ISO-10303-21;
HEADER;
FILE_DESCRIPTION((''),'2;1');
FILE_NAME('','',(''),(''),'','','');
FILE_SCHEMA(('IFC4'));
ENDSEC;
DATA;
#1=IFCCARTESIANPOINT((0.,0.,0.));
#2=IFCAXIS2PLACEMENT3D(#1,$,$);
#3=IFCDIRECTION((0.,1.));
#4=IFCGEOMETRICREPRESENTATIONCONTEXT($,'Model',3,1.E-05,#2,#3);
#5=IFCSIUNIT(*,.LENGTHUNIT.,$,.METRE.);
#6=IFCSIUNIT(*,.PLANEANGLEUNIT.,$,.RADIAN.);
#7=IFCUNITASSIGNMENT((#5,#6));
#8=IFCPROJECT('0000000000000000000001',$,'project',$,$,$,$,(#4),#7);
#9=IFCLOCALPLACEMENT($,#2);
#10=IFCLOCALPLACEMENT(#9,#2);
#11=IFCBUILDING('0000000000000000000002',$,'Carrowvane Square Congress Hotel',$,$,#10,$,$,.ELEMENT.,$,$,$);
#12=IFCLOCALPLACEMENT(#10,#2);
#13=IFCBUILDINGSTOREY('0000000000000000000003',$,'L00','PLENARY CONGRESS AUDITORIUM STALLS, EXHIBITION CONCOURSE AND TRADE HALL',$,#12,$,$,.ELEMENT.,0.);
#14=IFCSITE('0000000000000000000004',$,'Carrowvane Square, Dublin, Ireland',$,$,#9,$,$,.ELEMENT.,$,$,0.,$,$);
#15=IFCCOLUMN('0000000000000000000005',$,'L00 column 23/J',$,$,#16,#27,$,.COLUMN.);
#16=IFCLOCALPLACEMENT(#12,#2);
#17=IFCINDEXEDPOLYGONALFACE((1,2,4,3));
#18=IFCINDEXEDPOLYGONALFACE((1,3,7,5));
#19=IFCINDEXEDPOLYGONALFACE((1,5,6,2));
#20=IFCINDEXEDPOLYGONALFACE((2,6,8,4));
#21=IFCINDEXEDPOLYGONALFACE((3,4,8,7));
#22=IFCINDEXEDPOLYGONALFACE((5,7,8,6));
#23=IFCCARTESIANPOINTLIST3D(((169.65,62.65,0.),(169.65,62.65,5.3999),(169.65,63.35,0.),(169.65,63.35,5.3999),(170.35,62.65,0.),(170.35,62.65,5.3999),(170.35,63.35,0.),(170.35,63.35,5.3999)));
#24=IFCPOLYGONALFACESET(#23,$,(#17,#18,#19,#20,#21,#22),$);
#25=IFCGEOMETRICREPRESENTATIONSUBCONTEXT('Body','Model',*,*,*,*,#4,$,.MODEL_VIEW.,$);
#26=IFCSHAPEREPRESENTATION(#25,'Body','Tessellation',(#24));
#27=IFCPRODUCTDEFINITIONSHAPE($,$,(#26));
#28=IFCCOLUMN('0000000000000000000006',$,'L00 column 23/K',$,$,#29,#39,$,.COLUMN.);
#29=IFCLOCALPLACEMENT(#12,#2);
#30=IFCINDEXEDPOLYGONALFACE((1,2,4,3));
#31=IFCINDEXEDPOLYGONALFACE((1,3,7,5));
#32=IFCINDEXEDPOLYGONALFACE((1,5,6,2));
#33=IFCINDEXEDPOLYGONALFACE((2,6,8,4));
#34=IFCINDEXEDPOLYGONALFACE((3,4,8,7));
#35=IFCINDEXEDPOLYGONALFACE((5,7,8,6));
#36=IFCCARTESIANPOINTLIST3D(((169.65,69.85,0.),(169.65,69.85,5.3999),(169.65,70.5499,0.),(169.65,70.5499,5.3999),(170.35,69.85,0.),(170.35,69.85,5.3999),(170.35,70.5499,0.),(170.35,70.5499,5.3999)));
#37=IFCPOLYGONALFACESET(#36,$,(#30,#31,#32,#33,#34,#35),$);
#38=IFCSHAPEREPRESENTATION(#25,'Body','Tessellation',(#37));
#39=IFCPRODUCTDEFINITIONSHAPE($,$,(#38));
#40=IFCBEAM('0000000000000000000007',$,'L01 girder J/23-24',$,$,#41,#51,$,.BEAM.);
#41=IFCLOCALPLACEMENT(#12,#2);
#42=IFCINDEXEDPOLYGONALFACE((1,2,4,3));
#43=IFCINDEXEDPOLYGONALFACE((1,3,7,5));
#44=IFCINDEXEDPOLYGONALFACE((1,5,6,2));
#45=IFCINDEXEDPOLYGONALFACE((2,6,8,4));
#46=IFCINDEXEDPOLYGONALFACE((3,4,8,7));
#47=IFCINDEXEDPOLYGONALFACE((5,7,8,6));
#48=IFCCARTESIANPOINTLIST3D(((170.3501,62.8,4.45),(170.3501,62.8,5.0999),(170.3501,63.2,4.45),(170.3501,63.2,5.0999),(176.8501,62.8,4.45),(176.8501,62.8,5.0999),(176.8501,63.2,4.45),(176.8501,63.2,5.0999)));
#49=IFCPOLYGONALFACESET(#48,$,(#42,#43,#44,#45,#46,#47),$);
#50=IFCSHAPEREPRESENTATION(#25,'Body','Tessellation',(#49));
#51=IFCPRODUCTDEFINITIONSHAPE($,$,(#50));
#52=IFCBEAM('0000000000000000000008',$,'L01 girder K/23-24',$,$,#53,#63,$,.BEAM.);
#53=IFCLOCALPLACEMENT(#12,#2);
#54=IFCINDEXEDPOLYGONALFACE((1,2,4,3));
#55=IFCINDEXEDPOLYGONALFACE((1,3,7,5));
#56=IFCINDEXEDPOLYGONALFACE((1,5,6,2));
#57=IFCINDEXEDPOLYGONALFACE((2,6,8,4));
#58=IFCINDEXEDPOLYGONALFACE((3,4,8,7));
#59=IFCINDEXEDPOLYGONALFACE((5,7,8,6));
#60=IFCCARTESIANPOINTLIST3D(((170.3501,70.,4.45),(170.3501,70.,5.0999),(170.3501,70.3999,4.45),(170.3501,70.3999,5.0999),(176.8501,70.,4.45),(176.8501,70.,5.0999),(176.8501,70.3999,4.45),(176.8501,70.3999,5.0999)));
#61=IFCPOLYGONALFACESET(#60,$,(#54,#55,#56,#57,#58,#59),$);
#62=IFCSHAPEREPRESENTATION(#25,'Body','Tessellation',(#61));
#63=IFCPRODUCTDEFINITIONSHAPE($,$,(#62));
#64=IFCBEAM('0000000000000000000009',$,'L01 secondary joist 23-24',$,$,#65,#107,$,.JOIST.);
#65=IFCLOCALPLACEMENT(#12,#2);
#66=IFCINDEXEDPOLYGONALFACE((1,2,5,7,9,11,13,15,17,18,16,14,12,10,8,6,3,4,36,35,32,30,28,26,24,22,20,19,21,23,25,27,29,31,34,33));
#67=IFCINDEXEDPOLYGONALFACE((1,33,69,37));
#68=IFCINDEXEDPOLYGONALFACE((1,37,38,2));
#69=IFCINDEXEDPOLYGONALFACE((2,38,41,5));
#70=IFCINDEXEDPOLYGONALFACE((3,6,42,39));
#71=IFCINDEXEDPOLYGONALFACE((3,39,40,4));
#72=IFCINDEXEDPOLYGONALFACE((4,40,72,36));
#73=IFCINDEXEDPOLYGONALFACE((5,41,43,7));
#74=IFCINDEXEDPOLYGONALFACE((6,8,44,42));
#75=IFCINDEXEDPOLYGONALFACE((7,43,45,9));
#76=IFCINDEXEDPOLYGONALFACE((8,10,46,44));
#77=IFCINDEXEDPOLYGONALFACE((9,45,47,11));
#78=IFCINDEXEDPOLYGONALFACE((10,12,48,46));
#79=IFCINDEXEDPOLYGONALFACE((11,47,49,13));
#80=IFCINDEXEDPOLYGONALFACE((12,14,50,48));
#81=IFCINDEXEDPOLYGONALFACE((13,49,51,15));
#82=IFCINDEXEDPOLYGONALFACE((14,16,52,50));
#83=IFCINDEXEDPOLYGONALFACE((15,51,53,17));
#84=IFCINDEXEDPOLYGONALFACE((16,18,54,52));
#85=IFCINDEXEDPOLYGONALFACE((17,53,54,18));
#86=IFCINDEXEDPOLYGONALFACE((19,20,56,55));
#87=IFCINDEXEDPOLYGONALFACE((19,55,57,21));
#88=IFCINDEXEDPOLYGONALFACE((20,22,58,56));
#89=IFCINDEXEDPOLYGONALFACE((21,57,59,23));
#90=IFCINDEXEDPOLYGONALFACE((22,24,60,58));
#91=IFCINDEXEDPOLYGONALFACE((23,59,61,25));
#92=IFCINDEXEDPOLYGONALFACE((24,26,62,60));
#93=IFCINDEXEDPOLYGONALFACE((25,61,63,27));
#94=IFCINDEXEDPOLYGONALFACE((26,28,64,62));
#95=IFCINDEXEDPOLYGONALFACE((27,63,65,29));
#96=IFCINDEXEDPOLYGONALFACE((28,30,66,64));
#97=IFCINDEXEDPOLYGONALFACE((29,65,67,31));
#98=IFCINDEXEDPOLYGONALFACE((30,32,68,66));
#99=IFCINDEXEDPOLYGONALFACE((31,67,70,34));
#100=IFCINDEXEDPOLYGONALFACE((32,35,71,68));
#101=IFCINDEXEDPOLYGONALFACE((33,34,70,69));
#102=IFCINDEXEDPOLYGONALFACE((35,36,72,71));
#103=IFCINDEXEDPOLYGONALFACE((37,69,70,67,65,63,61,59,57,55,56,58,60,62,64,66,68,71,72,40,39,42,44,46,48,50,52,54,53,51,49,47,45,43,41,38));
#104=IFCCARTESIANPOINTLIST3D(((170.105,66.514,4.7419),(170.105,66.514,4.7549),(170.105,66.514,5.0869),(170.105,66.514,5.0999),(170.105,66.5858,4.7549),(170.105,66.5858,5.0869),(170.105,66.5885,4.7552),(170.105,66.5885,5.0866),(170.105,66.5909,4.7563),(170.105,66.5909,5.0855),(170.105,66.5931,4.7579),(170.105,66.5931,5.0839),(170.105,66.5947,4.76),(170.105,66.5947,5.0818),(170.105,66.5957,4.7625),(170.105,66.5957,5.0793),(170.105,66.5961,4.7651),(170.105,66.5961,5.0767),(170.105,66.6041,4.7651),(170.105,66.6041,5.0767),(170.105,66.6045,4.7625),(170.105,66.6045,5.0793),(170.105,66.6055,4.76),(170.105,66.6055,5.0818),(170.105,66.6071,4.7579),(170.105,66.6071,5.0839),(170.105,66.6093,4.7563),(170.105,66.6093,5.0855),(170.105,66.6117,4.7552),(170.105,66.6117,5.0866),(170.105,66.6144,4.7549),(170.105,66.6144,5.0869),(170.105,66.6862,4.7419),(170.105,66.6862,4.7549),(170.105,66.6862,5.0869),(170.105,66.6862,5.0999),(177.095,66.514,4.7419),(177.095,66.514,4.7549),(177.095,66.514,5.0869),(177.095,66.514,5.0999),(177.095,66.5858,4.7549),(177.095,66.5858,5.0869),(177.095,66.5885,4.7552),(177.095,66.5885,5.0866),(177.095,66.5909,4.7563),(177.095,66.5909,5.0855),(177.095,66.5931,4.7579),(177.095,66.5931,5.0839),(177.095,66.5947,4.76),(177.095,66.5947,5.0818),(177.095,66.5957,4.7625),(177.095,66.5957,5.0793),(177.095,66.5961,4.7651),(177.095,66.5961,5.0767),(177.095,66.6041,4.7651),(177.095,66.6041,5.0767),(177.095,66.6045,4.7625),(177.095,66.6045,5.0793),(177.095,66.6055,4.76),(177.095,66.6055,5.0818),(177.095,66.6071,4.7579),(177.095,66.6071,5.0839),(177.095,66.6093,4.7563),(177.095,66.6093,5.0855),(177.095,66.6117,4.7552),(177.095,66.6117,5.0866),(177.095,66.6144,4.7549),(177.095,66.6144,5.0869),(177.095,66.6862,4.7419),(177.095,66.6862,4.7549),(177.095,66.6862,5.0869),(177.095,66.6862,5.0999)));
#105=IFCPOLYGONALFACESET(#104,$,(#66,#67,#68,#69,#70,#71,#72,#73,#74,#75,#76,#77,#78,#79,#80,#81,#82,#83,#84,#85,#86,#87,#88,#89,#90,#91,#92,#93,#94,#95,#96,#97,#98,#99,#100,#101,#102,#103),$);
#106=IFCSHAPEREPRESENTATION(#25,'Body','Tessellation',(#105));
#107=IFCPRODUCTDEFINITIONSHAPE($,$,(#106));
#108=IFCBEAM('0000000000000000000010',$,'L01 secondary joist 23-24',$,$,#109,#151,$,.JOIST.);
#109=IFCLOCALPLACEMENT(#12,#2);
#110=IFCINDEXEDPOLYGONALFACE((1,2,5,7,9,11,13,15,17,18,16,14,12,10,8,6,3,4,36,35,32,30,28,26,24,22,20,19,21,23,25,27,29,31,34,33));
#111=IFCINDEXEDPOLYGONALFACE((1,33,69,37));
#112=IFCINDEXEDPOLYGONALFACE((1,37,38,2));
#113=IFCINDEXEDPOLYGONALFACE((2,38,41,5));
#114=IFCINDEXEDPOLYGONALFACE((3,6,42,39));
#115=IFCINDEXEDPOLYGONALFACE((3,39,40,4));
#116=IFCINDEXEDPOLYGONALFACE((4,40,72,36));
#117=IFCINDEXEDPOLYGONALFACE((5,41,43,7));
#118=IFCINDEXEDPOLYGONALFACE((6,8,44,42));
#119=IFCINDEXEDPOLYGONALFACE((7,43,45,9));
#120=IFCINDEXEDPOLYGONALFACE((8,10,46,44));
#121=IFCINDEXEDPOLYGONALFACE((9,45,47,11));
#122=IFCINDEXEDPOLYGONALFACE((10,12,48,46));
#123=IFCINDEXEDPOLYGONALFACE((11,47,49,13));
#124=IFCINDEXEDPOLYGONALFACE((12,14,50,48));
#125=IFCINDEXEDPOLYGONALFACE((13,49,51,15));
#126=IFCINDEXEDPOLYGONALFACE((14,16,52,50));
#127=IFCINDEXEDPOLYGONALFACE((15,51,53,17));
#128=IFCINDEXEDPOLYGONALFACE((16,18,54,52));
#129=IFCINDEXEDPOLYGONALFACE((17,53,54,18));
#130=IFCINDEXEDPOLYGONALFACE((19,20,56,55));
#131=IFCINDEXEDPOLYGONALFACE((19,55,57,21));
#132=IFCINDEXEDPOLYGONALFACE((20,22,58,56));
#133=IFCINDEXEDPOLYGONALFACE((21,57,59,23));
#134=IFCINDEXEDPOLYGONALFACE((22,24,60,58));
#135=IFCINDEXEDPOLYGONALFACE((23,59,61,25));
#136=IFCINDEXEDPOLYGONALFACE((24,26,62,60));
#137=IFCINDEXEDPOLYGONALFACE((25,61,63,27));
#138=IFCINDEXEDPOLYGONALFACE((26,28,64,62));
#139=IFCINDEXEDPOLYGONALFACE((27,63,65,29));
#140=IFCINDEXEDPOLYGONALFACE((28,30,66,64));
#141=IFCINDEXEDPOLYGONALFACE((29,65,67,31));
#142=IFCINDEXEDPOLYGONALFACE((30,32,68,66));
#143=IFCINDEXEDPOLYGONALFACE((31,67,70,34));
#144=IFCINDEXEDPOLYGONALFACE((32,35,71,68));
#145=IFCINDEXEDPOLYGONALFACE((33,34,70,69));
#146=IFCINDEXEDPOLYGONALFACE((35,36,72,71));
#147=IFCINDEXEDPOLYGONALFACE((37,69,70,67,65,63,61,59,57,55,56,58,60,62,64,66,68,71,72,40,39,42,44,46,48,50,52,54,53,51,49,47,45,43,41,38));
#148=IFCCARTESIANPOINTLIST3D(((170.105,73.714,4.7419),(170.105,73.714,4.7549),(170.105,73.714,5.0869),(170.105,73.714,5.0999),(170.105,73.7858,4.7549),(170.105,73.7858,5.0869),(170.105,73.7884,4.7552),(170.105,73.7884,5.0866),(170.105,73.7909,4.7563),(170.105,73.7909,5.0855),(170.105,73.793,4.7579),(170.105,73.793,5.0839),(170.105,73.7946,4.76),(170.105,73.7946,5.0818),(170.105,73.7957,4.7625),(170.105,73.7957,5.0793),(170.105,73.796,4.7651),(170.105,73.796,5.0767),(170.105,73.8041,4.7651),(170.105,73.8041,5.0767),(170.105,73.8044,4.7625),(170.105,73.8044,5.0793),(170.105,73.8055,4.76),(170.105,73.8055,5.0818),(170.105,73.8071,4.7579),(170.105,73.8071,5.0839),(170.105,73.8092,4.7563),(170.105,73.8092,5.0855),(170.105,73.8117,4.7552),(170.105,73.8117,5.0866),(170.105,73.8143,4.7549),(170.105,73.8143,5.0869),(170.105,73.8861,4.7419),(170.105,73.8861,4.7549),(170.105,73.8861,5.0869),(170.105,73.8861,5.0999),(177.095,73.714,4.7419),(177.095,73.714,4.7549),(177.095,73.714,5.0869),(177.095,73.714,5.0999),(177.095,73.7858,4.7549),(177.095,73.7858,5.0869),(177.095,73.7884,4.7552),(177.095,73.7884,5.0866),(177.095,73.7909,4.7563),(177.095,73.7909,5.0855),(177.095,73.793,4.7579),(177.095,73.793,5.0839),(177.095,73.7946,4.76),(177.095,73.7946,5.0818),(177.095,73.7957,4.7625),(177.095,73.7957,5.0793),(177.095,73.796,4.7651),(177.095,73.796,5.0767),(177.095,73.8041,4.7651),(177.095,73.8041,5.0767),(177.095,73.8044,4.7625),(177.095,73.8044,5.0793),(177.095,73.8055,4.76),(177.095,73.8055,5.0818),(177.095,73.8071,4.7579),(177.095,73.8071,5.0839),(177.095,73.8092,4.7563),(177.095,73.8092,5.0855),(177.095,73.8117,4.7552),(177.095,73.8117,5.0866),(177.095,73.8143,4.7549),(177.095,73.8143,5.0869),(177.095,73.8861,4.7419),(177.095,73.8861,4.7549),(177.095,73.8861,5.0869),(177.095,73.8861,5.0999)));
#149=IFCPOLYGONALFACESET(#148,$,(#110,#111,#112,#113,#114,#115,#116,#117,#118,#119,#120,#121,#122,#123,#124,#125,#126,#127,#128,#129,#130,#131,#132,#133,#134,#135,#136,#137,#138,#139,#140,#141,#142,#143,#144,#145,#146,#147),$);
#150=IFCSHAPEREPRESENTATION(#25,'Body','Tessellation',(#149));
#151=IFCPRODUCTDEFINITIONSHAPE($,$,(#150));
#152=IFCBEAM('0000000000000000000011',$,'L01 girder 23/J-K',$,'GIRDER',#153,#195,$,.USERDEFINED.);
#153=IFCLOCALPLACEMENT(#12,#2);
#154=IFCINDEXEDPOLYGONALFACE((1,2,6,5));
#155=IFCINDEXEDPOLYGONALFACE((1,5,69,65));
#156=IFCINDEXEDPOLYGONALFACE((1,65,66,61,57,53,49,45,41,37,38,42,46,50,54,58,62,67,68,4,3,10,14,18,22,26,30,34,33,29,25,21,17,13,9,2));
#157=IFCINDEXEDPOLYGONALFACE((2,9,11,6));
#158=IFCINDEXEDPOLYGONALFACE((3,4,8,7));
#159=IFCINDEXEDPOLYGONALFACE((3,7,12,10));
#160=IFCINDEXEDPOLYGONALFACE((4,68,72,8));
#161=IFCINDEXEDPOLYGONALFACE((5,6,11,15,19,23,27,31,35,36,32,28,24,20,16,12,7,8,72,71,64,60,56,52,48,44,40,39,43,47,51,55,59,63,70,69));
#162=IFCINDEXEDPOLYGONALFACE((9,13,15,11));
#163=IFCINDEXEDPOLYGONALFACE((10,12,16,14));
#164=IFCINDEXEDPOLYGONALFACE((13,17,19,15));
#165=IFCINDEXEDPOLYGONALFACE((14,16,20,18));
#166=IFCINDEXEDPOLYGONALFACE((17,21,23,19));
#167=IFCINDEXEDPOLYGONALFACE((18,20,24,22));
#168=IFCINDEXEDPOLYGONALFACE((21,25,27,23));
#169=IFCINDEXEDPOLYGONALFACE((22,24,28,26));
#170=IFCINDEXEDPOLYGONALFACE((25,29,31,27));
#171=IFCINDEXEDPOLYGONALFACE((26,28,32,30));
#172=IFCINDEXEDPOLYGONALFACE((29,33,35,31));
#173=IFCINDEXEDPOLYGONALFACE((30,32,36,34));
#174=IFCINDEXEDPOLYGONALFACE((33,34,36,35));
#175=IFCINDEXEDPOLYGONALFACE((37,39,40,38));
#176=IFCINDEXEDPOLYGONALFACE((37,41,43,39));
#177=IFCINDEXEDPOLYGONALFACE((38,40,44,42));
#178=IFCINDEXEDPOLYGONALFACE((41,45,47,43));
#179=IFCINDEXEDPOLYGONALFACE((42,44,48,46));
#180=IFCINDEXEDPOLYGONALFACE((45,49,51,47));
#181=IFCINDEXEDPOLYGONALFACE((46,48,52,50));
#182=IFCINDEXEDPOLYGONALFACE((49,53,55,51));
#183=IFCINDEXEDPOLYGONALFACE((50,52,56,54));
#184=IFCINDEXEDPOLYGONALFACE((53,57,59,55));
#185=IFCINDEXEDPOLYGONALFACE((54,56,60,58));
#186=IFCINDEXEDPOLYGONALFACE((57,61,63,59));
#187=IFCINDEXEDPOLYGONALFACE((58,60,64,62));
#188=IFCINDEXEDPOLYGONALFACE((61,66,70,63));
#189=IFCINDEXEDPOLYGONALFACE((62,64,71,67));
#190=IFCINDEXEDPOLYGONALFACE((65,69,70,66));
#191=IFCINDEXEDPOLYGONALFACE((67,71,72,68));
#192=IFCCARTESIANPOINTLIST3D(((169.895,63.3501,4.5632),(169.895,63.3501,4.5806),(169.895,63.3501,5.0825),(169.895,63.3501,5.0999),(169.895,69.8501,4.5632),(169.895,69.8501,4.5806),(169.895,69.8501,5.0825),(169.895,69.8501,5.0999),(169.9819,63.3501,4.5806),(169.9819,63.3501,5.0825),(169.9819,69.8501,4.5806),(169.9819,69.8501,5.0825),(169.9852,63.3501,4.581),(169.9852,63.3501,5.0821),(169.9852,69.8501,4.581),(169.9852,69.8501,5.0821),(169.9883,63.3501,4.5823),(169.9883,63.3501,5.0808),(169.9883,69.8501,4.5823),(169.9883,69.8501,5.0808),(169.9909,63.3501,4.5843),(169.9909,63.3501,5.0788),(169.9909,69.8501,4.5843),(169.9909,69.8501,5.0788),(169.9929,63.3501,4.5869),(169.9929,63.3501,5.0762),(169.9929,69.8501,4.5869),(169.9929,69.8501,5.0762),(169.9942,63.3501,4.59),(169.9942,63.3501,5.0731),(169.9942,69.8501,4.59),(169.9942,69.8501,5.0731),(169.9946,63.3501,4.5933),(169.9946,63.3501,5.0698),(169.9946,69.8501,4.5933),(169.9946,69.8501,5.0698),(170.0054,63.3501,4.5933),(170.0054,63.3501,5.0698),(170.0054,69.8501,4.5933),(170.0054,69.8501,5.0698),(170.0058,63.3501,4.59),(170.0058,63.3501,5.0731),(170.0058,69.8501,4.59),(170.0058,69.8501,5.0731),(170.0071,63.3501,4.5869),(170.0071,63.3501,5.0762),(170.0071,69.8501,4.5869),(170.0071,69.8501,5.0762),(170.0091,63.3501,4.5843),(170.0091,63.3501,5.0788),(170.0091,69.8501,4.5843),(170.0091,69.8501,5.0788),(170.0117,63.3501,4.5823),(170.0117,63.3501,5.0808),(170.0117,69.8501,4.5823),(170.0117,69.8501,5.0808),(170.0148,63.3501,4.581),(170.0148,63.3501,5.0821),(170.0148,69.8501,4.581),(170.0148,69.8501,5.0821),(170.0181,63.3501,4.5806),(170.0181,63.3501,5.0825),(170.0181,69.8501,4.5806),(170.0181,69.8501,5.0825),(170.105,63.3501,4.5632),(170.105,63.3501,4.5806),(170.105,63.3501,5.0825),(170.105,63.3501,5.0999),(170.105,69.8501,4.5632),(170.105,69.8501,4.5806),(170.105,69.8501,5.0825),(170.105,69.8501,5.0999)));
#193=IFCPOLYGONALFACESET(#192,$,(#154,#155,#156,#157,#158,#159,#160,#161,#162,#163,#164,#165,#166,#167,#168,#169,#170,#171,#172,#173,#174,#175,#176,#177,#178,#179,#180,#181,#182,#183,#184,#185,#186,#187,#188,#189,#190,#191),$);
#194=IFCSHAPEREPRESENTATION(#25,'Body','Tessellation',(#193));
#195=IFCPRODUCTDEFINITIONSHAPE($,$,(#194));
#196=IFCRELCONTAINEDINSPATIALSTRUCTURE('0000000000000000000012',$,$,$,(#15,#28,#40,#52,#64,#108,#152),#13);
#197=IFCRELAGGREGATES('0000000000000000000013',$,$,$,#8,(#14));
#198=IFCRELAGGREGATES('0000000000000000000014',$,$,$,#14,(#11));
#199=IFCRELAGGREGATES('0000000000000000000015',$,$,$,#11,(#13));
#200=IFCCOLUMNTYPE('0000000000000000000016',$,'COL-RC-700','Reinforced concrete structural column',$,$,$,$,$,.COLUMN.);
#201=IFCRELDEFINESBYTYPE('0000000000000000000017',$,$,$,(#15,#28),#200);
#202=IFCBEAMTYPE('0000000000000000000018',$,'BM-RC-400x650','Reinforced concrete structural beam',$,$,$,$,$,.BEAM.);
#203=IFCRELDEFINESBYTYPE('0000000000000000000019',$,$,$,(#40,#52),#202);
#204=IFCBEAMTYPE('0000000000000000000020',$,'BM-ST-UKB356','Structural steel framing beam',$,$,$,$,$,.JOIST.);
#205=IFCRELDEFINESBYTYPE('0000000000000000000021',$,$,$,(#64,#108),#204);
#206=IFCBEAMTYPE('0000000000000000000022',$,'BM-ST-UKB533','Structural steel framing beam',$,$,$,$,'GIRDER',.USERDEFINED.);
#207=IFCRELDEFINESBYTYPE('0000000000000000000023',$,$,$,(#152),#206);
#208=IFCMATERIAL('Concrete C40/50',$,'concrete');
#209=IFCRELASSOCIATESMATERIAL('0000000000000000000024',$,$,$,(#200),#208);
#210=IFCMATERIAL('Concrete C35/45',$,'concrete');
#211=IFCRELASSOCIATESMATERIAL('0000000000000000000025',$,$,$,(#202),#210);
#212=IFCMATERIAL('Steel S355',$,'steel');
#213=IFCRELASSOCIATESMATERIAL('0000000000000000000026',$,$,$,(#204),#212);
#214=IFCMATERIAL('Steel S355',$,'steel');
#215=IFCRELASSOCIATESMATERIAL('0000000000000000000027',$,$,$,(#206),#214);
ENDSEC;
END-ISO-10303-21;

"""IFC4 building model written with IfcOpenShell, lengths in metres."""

from ifc_helpers import new_model, si_unit, direction, frame, origin, origin_2d, place, context, subcontext, project, spatial, rectangle, i_section, extrude, material, material_profile, profile_set, type_object, element, save


model = new_model("IFC4")

# Units and contexts
model_context = context("Model", 3, precision=1e-05, world=origin(), true_north=direction((0.0, 1.0)))
body_context = subcontext(model_context, "Body", "Model", "MODEL_VIEW")
ifc_project = project(units=[si_unit("LENGTHUNIT", "METRE"), si_unit("PLANEANGLEUNIT", "RADIAN")], contexts=[model_context])

# Site, building, storey
site_placement = place(None, origin())
site = spatial("IfcSite", under=ifc_project, at=site_placement, Name="Carrowvane Square, Dublin, Ireland", CompositionType="ELEMENT", RefElevation=0.0)
building_placement = place(site_placement, origin())
building = spatial("IfcBuilding", under=site, at=building_placement, Name="Carrowvane Square Congress Hotel", CompositionType="ELEMENT")
storey_placement = place(building_placement, origin())
storey = spatial("IfcBuildingStorey", under=building, at=storey_placement, Name="L00", Description="PLENARY CONGRESS AUDITORIUM STALLS, EXHIBITION CONCOURSE AND TRADE HALL", CompositionType="ELEMENT", Elevation=0.0)

# Columns
ifc_material_1 = material(Name="Concrete C40/50", Category="concrete")
ifc_material_profile_1 = material_profile(ifc_material_1, rectangle(XDim=0.7, YDim=0.7, at=origin_2d()), Name="RC 700x700")
ifc_profile_set_1 = profile_set([ifc_material_profile_1], Name="Concrete C40/50")
column_type = type_object("IfcColumnType", Name="COL-RC-700", Description="Reinforced concrete structural column", PredefinedType="COLUMN", material=ifc_profile_set_1)
for number, where, z_axis, x_axis, name in (
    (1, (170.0, 63.0, 0.0), (0.0, 0.0, 1.0), (1.0, 0.0, 0.0), "L00 column 23/J"),
    (2, (170.0, 70.2, 0.0), (0.0, 0.0, 1.0), (1.0, 0.0, 0.0), "L00 column 23/K"),
):
    element("IfcColumn", number, at=place(storey_placement, frame(where, z_axis=z_axis, x_axis=x_axis)), inside=storey, type_object=column_type, Name=name, PredefinedType="COLUMN", context=body_context, shape_type="SweptSolid", body=[
        extrude(rectangle(XDim=0.7, YDim=0.7, at=origin_2d()), origin(), (0.0, 0.0, 1.0), 5.3999),
    ])

# Beams
ifc_material_2 = material(Name="Concrete C35/45", Category="concrete")
ifc_material_profile_2 = material_profile(ifc_material_2, rectangle(XDim=0.3999, YDim=0.6499, at=origin_2d()), Name="RC 400x650")
ifc_profile_set_2 = profile_set([ifc_material_profile_2], Name="Concrete C35/45")
beam_type_1 = type_object("IfcBeamType", Name="BM-RC-400x650", Description="Reinforced concrete structural beam", PredefinedType="BEAM", material=ifc_profile_set_2)
for number, where, z_axis, x_axis, name in (
    (3, (170.3501, 63.0, 4.7749), (1.0, 0.0, 0.0), (0.0, 1.0, 0.0), "L01 girder J/23-24"),
    (4, (170.3501, 70.2, 4.7749), (1.0, 0.0, 0.0), (0.0, 1.0, 0.0), "L01 girder K/23-24"),
):
    element("IfcBeam", number, at=place(storey_placement, frame(where, z_axis=z_axis, x_axis=x_axis)), inside=storey, type_object=beam_type_1, Name=name, PredefinedType="BEAM", context=body_context, shape_type="SweptSolid", body=[
        extrude(rectangle(XDim=0.3999, YDim=0.6499, at=origin_2d()), origin(), (0.0, 0.0, 1.0), 6.5),
    ])
ifc_material_3 = material(Name="Steel S355", Category="steel")
ifc_material_profile_3 = material_profile(ifc_material_3, i_section(OverallWidth=0.1721, OverallDepth=0.3579, WebThickness=0.0081, FlangeThickness=0.0129, FilletRadius=0.0103, at=origin_2d()), Name="UKB 356x171x57")
ifc_profile_set_3 = profile_set([ifc_material_profile_3], Name="Steel S355")
beam_type_2 = type_object("IfcBeamType", Name="BM-ST-UKB356", Description="Structural steel framing beam", PredefinedType="JOIST", material=ifc_profile_set_3)
for number, where, z_axis, x_axis, name in (
    (5, (170.105, 66.6001, 4.9209), (1.0, 0.0, 0.0), (0.0, 1.0, 0.0), "L01 secondary joist 23-24"),
    (6, (170.105, 73.8, 4.9209), (1.0, 0.0, 0.0), (0.0, 1.0, 0.0), "L01 secondary joist 23-24"),
):
    element("IfcBeam", number, at=place(storey_placement, frame(where, z_axis=z_axis, x_axis=x_axis)), inside=storey, type_object=beam_type_2, Name=name, PredefinedType="JOIST", context=body_context, shape_type="SweptSolid", body=[
        extrude(i_section(OverallWidth=0.1721, OverallDepth=0.3579, WebThickness=0.0081, FlangeThickness=0.0129, FilletRadius=0.0103, at=origin_2d()), origin(), (0.0, 0.0, 1.0), 6.99),
    ])
ifc_material_4 = material(Name="Steel S355", Category="steel")
ifc_material_profile_4 = material_profile(ifc_material_4, i_section(OverallWidth=0.21, OverallDepth=0.5366, WebThickness=0.0107, FlangeThickness=0.0173, FilletRadius=0.0127, at=origin_2d()), Name="UKB 533x210x101")
ifc_profile_set_4 = profile_set([ifc_material_profile_4], Name="Steel S355")
beam_type_3 = type_object("IfcBeamType", Name="BM-ST-UKB533", Description="Structural steel framing beam", ElementType="GIRDER", PredefinedType="USERDEFINED", material=ifc_profile_set_4)
for number, where, z_axis, x_axis, name in (
    (7, (170.0, 63.3501, 4.8315), (0.0, 1.0, 0.0), (-1.0, 0.0, 0.0), "L01 girder 23/J-K"),
):
    element("IfcBeam", number, at=place(storey_placement, frame(where, z_axis=z_axis, x_axis=x_axis)), inside=storey, type_object=beam_type_3, Name=name, ObjectType="GIRDER", PredefinedType="USERDEFINED", context=body_context, shape_type="SweptSolid", body=[
        extrude(i_section(OverallWidth=0.21, OverallDepth=0.5366, WebThickness=0.0107, FlangeThickness=0.0173, FilletRadius=0.0127, at=origin_2d()), origin(), (0.0, 0.0, 1.0), 6.5),
    ])

save(model, "model.ifc")
